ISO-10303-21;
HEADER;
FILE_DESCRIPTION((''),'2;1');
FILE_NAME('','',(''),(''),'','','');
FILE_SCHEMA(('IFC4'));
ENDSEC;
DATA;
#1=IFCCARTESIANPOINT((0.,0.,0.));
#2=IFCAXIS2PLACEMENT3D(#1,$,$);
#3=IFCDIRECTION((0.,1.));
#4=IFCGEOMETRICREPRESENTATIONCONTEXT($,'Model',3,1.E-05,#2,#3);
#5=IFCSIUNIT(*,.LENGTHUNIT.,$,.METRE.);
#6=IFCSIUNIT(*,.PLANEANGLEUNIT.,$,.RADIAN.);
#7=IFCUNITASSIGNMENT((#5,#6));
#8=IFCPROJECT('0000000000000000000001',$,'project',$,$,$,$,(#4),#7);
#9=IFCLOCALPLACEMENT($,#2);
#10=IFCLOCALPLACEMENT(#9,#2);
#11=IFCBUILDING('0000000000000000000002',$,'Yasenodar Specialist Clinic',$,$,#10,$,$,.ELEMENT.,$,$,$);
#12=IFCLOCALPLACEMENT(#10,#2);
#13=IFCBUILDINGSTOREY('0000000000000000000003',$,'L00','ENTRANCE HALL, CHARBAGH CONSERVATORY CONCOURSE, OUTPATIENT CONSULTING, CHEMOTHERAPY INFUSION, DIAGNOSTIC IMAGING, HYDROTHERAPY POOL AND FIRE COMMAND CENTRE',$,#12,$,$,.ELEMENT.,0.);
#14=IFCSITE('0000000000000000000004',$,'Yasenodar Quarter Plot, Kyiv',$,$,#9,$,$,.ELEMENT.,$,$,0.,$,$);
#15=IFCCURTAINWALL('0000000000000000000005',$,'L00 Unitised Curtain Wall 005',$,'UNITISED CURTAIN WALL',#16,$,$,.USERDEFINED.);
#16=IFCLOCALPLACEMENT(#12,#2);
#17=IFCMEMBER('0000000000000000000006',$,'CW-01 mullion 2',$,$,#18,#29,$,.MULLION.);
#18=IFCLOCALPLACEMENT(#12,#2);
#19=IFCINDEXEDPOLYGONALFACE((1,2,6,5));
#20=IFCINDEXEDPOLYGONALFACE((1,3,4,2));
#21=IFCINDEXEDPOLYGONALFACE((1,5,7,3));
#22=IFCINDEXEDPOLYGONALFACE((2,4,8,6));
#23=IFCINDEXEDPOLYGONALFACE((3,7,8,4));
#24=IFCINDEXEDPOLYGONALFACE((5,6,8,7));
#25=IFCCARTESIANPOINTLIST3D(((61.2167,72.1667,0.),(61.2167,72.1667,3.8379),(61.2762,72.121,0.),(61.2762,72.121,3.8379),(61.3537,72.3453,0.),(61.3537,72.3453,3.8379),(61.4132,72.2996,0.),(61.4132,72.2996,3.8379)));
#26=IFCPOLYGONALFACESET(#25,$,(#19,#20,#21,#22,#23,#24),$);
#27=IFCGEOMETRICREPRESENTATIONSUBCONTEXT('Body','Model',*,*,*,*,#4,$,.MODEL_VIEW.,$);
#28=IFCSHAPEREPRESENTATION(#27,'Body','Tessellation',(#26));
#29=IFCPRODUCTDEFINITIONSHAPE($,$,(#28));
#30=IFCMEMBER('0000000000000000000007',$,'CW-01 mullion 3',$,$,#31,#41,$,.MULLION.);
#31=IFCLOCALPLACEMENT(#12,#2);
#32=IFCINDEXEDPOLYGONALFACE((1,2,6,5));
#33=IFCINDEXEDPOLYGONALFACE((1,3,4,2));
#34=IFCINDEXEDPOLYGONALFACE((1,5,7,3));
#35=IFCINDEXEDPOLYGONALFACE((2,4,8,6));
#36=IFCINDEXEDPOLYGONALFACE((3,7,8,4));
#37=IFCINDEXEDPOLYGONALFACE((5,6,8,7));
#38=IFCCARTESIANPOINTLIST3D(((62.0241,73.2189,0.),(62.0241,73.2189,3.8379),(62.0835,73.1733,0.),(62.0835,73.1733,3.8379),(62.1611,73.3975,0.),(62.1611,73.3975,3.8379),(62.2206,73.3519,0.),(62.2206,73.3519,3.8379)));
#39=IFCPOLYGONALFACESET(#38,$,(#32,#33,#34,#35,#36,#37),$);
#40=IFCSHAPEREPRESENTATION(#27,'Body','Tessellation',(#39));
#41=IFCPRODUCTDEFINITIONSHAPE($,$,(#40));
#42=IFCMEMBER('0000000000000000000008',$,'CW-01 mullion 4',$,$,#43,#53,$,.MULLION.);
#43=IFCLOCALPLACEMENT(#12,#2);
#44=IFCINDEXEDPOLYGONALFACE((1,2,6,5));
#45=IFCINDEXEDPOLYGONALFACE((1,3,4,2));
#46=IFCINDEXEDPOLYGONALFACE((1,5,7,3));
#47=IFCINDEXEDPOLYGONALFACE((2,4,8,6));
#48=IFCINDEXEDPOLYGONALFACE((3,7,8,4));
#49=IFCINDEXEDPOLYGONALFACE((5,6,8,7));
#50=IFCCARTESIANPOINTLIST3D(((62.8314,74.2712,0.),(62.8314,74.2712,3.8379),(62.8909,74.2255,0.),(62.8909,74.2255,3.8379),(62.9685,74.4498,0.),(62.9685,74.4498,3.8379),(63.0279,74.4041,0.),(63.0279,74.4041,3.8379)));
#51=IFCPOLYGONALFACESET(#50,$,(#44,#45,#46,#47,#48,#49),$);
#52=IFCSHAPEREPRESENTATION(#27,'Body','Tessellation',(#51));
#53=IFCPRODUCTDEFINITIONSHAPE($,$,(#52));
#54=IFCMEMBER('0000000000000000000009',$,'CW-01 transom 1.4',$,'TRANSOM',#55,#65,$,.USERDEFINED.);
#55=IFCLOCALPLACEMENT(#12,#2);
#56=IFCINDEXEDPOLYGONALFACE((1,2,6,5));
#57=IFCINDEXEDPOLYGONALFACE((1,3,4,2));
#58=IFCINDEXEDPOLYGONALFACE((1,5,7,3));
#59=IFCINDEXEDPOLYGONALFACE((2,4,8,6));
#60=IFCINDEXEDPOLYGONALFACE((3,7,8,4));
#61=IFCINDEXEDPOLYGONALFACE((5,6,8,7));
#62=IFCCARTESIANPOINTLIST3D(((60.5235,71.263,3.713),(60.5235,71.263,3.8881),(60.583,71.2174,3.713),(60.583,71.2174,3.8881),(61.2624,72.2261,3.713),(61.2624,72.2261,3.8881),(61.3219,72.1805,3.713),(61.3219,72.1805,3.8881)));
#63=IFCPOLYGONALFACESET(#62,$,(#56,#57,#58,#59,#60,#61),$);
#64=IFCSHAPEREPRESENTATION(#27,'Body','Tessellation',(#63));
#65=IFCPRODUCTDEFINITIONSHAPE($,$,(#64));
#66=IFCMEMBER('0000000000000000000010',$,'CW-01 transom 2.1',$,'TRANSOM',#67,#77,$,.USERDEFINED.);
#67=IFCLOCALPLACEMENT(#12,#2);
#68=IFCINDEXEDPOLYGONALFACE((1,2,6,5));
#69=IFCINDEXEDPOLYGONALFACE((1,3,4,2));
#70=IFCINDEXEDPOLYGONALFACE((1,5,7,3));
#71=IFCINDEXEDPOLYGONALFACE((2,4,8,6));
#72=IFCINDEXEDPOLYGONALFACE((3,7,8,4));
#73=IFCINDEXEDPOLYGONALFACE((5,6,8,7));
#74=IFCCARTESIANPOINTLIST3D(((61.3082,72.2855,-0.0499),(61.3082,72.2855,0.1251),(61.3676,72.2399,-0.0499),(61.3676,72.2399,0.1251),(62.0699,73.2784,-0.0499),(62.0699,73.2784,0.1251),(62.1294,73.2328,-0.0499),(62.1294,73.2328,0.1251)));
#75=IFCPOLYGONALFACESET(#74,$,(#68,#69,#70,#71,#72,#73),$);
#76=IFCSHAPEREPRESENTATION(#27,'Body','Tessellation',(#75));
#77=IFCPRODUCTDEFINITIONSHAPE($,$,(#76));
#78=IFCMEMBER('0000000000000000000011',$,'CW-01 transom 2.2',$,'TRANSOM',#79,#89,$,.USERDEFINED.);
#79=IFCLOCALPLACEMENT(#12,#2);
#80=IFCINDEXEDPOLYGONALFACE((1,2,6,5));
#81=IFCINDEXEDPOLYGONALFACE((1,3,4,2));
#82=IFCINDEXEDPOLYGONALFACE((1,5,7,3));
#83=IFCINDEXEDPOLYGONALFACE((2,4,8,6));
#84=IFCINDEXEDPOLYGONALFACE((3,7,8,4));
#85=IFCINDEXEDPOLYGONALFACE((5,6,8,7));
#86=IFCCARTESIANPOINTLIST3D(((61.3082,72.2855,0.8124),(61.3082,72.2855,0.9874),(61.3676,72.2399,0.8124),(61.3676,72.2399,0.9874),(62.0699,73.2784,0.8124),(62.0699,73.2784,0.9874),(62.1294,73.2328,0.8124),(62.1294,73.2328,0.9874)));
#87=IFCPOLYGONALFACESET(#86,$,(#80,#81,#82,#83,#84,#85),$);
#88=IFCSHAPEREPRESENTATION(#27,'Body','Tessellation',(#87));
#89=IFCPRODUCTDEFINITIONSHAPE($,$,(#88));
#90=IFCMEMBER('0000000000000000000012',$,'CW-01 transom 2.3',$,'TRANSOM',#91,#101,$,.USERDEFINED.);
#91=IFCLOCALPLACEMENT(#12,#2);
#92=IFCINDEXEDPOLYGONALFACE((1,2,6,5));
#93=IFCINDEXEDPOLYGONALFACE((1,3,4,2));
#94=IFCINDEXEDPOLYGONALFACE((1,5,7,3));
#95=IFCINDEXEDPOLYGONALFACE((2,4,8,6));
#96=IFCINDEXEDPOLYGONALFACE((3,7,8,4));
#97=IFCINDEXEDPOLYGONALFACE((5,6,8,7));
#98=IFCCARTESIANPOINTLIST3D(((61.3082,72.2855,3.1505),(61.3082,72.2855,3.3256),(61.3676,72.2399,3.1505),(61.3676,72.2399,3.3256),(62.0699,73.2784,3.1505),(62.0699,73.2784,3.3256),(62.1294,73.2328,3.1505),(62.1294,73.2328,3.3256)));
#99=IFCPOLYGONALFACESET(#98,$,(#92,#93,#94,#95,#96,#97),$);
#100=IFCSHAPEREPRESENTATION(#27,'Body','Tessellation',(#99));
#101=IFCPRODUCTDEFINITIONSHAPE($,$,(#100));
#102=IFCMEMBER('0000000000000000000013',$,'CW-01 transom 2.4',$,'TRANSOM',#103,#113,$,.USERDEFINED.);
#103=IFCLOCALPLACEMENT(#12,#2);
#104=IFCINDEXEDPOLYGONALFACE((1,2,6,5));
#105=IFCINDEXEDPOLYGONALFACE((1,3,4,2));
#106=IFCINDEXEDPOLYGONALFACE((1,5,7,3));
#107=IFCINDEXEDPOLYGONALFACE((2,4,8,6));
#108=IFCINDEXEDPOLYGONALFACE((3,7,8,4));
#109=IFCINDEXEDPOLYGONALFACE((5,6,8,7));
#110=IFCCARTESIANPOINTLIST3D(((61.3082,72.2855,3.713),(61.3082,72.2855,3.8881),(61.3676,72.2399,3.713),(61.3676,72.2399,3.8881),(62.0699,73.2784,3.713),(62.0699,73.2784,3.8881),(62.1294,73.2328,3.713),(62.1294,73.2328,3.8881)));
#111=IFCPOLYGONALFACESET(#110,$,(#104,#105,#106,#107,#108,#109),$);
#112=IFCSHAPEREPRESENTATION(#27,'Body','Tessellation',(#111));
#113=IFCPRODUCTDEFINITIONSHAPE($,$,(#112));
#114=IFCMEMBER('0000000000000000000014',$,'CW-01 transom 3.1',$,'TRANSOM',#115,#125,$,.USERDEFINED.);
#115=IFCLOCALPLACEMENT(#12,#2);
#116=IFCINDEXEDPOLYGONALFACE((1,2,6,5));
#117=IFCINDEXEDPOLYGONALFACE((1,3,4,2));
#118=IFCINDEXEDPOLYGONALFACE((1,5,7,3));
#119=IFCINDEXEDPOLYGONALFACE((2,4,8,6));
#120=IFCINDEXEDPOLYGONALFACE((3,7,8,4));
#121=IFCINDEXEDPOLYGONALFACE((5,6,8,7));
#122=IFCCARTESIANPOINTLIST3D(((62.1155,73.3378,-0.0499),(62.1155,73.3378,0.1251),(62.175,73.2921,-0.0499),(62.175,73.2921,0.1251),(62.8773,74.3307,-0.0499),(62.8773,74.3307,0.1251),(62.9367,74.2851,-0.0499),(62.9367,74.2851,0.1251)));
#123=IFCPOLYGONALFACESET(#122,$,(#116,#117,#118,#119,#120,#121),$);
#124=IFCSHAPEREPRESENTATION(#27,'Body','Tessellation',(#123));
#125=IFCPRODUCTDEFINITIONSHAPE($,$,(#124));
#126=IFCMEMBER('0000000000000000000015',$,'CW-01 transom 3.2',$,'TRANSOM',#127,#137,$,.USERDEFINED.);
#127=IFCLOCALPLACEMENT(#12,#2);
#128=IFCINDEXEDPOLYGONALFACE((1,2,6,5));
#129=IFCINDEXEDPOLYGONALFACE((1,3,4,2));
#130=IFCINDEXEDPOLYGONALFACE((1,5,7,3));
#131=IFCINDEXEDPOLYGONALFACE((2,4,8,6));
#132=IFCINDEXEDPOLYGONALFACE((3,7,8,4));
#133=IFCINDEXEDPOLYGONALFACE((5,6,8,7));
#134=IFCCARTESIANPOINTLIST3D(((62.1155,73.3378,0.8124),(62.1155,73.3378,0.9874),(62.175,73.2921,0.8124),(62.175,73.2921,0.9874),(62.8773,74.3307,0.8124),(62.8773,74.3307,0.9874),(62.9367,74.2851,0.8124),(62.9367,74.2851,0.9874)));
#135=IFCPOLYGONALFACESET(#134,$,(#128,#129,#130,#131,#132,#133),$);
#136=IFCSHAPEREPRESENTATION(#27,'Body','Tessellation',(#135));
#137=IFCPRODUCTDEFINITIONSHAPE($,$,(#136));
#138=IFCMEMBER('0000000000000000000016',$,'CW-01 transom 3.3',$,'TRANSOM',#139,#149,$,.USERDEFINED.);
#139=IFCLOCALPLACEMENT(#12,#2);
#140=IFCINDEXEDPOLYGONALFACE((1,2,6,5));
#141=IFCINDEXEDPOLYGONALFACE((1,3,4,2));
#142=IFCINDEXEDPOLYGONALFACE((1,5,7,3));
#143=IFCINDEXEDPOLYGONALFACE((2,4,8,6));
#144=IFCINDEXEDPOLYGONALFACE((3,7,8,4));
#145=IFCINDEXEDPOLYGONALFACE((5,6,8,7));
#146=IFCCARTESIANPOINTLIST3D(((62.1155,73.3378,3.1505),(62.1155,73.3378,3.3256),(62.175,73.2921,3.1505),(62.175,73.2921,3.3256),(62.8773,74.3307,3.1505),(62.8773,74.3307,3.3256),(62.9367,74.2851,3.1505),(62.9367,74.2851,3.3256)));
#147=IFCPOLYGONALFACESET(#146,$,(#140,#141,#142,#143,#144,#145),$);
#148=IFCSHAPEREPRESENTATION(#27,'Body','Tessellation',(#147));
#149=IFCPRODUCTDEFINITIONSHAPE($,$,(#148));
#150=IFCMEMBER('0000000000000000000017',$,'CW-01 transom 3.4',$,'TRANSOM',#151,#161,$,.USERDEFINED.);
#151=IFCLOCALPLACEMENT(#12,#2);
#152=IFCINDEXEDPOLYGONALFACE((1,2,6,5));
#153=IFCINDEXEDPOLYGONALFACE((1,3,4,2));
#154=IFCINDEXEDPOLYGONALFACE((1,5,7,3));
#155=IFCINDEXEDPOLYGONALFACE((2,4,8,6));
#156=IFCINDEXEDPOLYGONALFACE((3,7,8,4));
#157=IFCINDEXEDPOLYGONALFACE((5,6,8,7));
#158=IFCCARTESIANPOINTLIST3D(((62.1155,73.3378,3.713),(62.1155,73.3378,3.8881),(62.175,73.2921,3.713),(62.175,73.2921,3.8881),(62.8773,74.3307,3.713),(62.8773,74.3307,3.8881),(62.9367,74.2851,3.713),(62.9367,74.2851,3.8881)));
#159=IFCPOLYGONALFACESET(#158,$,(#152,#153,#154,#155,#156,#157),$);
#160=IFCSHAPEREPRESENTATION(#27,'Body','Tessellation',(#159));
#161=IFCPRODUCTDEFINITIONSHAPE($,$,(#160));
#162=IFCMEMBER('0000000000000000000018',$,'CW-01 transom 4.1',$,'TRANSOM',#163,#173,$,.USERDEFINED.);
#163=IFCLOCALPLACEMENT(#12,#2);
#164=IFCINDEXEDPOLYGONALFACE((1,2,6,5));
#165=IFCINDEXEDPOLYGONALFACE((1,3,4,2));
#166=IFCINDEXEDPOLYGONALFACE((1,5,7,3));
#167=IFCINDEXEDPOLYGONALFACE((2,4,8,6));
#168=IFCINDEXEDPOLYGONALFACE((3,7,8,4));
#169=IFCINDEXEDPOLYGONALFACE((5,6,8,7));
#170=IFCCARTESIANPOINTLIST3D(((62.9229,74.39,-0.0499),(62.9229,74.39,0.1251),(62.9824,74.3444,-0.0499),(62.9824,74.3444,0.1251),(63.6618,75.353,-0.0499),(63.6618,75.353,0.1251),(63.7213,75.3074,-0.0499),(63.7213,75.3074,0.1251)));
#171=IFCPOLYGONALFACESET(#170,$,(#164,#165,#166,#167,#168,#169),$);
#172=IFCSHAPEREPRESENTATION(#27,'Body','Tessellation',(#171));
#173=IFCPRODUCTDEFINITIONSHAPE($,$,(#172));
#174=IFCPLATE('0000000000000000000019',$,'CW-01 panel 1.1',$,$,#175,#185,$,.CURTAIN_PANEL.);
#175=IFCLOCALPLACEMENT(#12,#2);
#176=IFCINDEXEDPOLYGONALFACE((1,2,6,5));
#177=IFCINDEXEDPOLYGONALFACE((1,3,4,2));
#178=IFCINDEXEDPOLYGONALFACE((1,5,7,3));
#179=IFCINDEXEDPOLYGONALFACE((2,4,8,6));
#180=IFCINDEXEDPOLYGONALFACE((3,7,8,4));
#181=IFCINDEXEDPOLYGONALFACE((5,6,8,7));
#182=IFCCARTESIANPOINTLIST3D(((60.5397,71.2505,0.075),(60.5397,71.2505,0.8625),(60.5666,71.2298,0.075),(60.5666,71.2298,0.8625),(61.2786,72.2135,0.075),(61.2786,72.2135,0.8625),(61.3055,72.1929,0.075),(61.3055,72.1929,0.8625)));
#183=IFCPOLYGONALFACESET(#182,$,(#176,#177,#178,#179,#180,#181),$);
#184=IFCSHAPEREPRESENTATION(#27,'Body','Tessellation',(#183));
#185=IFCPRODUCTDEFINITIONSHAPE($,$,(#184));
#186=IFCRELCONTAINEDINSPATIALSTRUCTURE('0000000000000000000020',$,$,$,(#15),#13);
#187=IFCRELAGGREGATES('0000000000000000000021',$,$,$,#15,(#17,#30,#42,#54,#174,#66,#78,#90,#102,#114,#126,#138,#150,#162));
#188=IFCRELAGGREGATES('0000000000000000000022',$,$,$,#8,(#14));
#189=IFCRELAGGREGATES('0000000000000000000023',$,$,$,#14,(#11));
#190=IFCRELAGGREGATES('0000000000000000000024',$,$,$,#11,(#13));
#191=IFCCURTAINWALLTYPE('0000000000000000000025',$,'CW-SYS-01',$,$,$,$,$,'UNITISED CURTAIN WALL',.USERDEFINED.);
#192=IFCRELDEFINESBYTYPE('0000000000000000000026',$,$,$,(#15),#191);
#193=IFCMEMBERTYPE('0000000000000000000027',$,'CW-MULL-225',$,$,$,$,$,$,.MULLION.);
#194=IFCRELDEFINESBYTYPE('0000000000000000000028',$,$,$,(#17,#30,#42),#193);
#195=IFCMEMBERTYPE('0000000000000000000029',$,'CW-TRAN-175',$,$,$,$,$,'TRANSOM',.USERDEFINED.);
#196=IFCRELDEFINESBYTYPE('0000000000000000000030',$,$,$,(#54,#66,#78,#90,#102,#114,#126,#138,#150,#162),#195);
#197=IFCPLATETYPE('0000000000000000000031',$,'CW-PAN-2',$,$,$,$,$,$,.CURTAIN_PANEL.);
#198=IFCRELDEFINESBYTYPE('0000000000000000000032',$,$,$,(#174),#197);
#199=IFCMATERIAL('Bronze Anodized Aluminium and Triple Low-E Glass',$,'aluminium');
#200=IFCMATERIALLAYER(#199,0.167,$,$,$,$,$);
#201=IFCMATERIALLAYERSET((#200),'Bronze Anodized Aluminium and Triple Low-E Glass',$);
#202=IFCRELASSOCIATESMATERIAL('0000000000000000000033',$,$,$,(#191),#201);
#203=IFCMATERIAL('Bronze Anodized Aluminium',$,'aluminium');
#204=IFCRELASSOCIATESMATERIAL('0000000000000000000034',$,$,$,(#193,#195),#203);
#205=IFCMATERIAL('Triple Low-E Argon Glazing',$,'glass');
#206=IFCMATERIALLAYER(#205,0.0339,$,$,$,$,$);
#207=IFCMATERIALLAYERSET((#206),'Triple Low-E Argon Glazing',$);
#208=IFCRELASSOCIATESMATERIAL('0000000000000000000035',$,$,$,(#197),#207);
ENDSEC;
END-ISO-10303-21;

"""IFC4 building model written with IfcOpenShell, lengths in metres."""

from ifc_helpers import new_model, si_unit, direction, frame, origin, origin_2d, place, context, subcontext, project, spatial, rectangle, extrude, material, layer, layer_set, material_profile, profile_set, type_object, element, aggregate, save


model = new_model("IFC4")

# Units and contexts
model_context = context("Model", 3, precision=1e-05, world=origin(), true_north=direction((0.0, 1.0)))
body_context = subcontext(model_context, "Body", "Model", "MODEL_VIEW")
ifc_project = project(units=[si_unit("LENGTHUNIT", "METRE"), si_unit("PLANEANGLEUNIT", "RADIAN")], contexts=[model_context])

# Site, building, storey
site_placement = place(None, origin())
site = spatial("IfcSite", under=ifc_project, at=site_placement, Name="Yasenodar Quarter Plot, Kyiv", CompositionType="ELEMENT", RefElevation=0.0)
building_placement = place(site_placement, origin())
building = spatial("IfcBuilding", under=site, at=building_placement, Name="Yasenodar Specialist Clinic", CompositionType="ELEMENT")
storey_placement = place(building_placement, origin())
storey = spatial("IfcBuildingStorey", under=building, at=storey_placement, Name="L00", Description="ENTRANCE HALL, CHARBAGH CONSERVATORY CONCOURSE, OUTPATIENT CONSULTING, CHEMOTHERAPY INFUSION, DIAGNOSTIC IMAGING, HYDROTHERAPY POOL AND FIRE COMMAND CENTRE", CompositionType="ELEMENT", Elevation=0.0)

# Curtain wall, members, plate
ifc_material_1 = material(Name="Bronze Anodized Aluminium and Triple Low-E Glass", Category="aluminium")
ifc_layer_1 = layer(ifc_material_1, 0.167)
ifc_layer_set_1 = layer_set([ifc_layer_1], Name="Bronze Anodized Aluminium and Triple Low-E Glass")
curtain_wall_type = type_object("IfcCurtainWallType", Name="CW-SYS-01", ElementType="UNITISED CURTAIN WALL", PredefinedType="USERDEFINED", material=ifc_layer_set_1)
curtain_wall_placement = place(storey_placement, origin())
curtain_wall = element("IfcCurtainWall", 1, at=curtain_wall_placement, inside=storey, type_object=curtain_wall_type, Name="L00 Unitised Curtain Wall 005", ObjectType="UNITISED CURTAIN WALL", PredefinedType="USERDEFINED")
ifc_material_2 = material(Name="Bronze Anodized Aluminium", Category="aluminium")
ifc_material_profile_1 = material_profile(ifc_material_2, rectangle(XDim=0.075, YDim=0.2251, at=origin_2d()), Name="CW-MULL 75x225")
ifc_profile_set_1 = profile_set([ifc_material_profile_1], Name="Bronze Anodized Aluminium")
member_type_1 = type_object("IfcMemberType", Name="CW-MULL-225", PredefinedType="MULLION", material=ifc_profile_set_1)
member_1_placement = place(storey_placement, frame((61.3149, 72.2332, 0.0), z_axis=(0.0, 0.0, 1.0), x_axis=(-0.793361, 0.608752, 0.0)))
member_1 = element("IfcMember", 2, at=member_1_placement, type_object=member_type_1, Name="CW-01 mullion 2", PredefinedType="MULLION", context=body_context, shape_type="SweptSolid", body=[
    extrude(rectangle(XDim=0.075, YDim=0.2251, at=origin_2d()), origin(), (0.0, 0.0, 1.0), 3.8379),
])
member_2_placement = place(storey_placement, frame((62.1223, 73.2854, 0.0), z_axis=(0.0, 0.0, 1.0), x_axis=(-0.793361, 0.608752, 0.0)))
member_2 = element("IfcMember", 3, at=member_2_placement, type_object=member_type_1, Name="CW-01 mullion 3", PredefinedType="MULLION", context=body_context, shape_type="SweptSolid", body=[
    extrude(rectangle(XDim=0.075, YDim=0.2251, at=origin_2d()), origin(), (0.0, 0.0, 1.0), 3.8379),
])
member_3_placement = place(storey_placement, frame((62.9297, 74.3376, 0.0), z_axis=(0.0, 0.0, 1.0), x_axis=(-0.793361, 0.608752, 0.0)))
member_3 = element("IfcMember", 4, at=member_3_placement, type_object=member_type_1, Name="CW-01 mullion 4", PredefinedType="MULLION", context=body_context, shape_type="SweptSolid", body=[
    extrude(rectangle(XDim=0.075, YDim=0.2251, at=origin_2d()), origin(), (0.0, 0.0, 1.0), 3.8379),
])
ifc_material_profile_2 = material_profile(ifc_material_2, rectangle(XDim=0.075, YDim=0.175, at=origin_2d()), Name="CW-TRAN 75x175")
ifc_profile_set_2 = profile_set([ifc_material_profile_2], Name="Bronze Anodized Aluminium")
member_type_2 = type_object("IfcMemberType", Name="CW-TRAN-175", ElementType="TRANSOM", PredefinedType="USERDEFINED", material=ifc_profile_set_2)
member_4_placement = place(storey_placement, frame((60.5532, 71.2402, 3.8005), z_axis=(0.608748, 0.793364, 0.0), x_axis=(-0.793364, 0.608748, 0.0)))
member_4 = element("IfcMember", 5, at=member_4_placement, type_object=member_type_2, Name="CW-01 transom 1.4", ObjectType="TRANSOM", PredefinedType="USERDEFINED", context=body_context, shape_type="SweptSolid", body=[
    extrude(rectangle(XDim=0.075, YDim=0.175, at=origin_2d()), origin(), (0.0, 0.0, 1.0), 1.2139),
])
member_5_placement = place(storey_placement, frame((61.3379, 72.2627, 0.0376), z_axis=(0.608673, 0.793421, 0.0), x_axis=(-0.793421, 0.608673, 0.0)))
member_5 = element("IfcMember", 6, at=member_5_placement, type_object=member_type_2, Name="CW-01 transom 2.1", ObjectType="TRANSOM", PredefinedType="USERDEFINED", context=body_context, shape_type="SweptSolid", body=[
    extrude(rectangle(XDim=0.075, YDim=0.175, at=origin_2d()), origin(), (0.0, 0.0, 1.0), 1.2515),
])
member_6_placement = place(storey_placement, frame((61.3379, 72.2627, 0.8999), z_axis=(0.608673, 0.793421, 0.0), x_axis=(-0.793421, 0.608673, 0.0)))
member_6 = element("IfcMember", 7, at=member_6_placement, type_object=member_type_2, Name="CW-01 transom 2.2", ObjectType="TRANSOM", PredefinedType="USERDEFINED", context=body_context, shape_type="SweptSolid", body=[
    extrude(rectangle(XDim=0.075, YDim=0.175, at=origin_2d()), origin(), (0.0, 0.0, 1.0), 1.2515),
])
member_7_placement = place(storey_placement, frame((61.3379, 72.2627, 3.238), z_axis=(0.608673, 0.793421, 0.0), x_axis=(-0.793421, 0.608673, 0.0)))
member_7 = element("IfcMember", 8, at=member_7_placement, type_object=member_type_2, Name="CW-01 transom 2.3", ObjectType="TRANSOM", PredefinedType="USERDEFINED", context=body_context, shape_type="SweptSolid", body=[
    extrude(rectangle(XDim=0.075, YDim=0.175, at=origin_2d()), origin(), (0.0, 0.0, 1.0), 1.2515),
])
member_8_placement = place(storey_placement, frame((61.3379, 72.2627, 3.8005), z_axis=(0.608673, 0.793421, 0.0), x_axis=(-0.793421, 0.608673, 0.0)))
member_8 = element("IfcMember", 9, at=member_8_placement, type_object=member_type_2, Name="CW-01 transom 2.4", ObjectType="TRANSOM", PredefinedType="USERDEFINED", context=body_context, shape_type="SweptSolid", body=[
    extrude(rectangle(XDim=0.075, YDim=0.175, at=origin_2d()), origin(), (0.0, 0.0, 1.0), 1.2515),
])
member_9_placement = place(storey_placement, frame((62.1453, 73.3149, 0.0376), z_axis=(0.608673, 0.793421, 0.0), x_axis=(-0.793421, 0.608673, 0.0)))
member_9 = element("IfcMember", 10, at=member_9_placement, type_object=member_type_2, Name="CW-01 transom 3.1", ObjectType="TRANSOM", PredefinedType="USERDEFINED", context=body_context, shape_type="SweptSolid", body=[
    extrude(rectangle(XDim=0.075, YDim=0.175, at=origin_2d()), origin(), (0.0, 0.0, 1.0), 1.2515),
])
member_10_placement = place(storey_placement, frame((62.1453, 73.3149, 0.8999), z_axis=(0.608673, 0.793421, 0.0), x_axis=(-0.793421, 0.608673, 0.0)))
member_10 = element("IfcMember", 11, at=member_10_placement, type_object=member_type_2, Name="CW-01 transom 3.2", ObjectType="TRANSOM", PredefinedType="USERDEFINED", context=body_context, shape_type="SweptSolid", body=[
    extrude(rectangle(XDim=0.075, YDim=0.175, at=origin_2d()), origin(), (0.0, 0.0, 1.0), 1.2515),
])
member_11_placement = place(storey_placement, frame((62.1453, 73.3149, 3.238), z_axis=(0.608673, 0.793421, 0.0), x_axis=(-0.793421, 0.608673, 0.0)))
member_11 = element("IfcMember", 12, at=member_11_placement, type_object=member_type_2, Name="CW-01 transom 3.3", ObjectType="TRANSOM", PredefinedType="USERDEFINED", context=body_context, shape_type="SweptSolid", body=[
    extrude(rectangle(XDim=0.075, YDim=0.175, at=origin_2d()), origin(), (0.0, 0.0, 1.0), 1.2515),
])
member_12_placement = place(storey_placement, frame((62.1453, 73.3149, 3.8005), z_axis=(0.608673, 0.793421, 0.0), x_axis=(-0.793421, 0.608673, 0.0)))
member_12 = element("IfcMember", 13, at=member_12_placement, type_object=member_type_2, Name="CW-01 transom 3.4", ObjectType="TRANSOM", PredefinedType="USERDEFINED", context=body_context, shape_type="SweptSolid", body=[
    extrude(rectangle(XDim=0.075, YDim=0.175, at=origin_2d()), origin(), (0.0, 0.0, 1.0), 1.2515),
])
member_13_placement = place(storey_placement, frame((62.9526, 74.3672, 0.0376), z_axis=(0.608748, 0.793364, 0.0), x_axis=(-0.793364, 0.608748, 0.0)))
member_13 = element("IfcMember", 14, at=member_13_placement, type_object=member_type_2, Name="CW-01 transom 4.1", ObjectType="TRANSOM", PredefinedType="USERDEFINED", context=body_context, shape_type="SweptSolid", body=[
    extrude(rectangle(XDim=0.075, YDim=0.175, at=origin_2d()), origin(), (0.0, 0.0, 1.0), 1.2139),
])
ifc_material_3 = material(Name="Triple Low-E Argon Glazing", Category="glass")
ifc_layer_2 = layer(ifc_material_3, 0.0339)
ifc_layer_set_2 = layer_set([ifc_layer_2], Name="Triple Low-E Argon Glazing")
plate_type = type_object("IfcPlateType", Name="CW-PAN-2", PredefinedType="CURTAIN_PANEL", material=ifc_layer_set_2)
plate_1_placement = place(storey_placement, frame((60.9226, 71.7217, 0.075), z_axis=(0.0, 0.0, 1.0), x_axis=(0.608752, 0.793361, 0.0)))
plate_1 = element("IfcPlate", 15, at=plate_1_placement, type_object=plate_type, Name="CW-01 panel 1.1", PredefinedType="CURTAIN_PANEL", context=body_context, shape_type="SweptSolid", body=[
    extrude(rectangle(XDim=1.2139, YDim=0.0339, at=origin_2d()), origin(), (0.0, 0.0, 1.0), 0.7876),
])
aggregate(curtain_wall, [member_1, member_2, member_3, member_4, plate_1, member_5, member_6, member_7, member_8, member_9, member_10, member_11, member_12, member_13])

save(model, "model.ifc")
